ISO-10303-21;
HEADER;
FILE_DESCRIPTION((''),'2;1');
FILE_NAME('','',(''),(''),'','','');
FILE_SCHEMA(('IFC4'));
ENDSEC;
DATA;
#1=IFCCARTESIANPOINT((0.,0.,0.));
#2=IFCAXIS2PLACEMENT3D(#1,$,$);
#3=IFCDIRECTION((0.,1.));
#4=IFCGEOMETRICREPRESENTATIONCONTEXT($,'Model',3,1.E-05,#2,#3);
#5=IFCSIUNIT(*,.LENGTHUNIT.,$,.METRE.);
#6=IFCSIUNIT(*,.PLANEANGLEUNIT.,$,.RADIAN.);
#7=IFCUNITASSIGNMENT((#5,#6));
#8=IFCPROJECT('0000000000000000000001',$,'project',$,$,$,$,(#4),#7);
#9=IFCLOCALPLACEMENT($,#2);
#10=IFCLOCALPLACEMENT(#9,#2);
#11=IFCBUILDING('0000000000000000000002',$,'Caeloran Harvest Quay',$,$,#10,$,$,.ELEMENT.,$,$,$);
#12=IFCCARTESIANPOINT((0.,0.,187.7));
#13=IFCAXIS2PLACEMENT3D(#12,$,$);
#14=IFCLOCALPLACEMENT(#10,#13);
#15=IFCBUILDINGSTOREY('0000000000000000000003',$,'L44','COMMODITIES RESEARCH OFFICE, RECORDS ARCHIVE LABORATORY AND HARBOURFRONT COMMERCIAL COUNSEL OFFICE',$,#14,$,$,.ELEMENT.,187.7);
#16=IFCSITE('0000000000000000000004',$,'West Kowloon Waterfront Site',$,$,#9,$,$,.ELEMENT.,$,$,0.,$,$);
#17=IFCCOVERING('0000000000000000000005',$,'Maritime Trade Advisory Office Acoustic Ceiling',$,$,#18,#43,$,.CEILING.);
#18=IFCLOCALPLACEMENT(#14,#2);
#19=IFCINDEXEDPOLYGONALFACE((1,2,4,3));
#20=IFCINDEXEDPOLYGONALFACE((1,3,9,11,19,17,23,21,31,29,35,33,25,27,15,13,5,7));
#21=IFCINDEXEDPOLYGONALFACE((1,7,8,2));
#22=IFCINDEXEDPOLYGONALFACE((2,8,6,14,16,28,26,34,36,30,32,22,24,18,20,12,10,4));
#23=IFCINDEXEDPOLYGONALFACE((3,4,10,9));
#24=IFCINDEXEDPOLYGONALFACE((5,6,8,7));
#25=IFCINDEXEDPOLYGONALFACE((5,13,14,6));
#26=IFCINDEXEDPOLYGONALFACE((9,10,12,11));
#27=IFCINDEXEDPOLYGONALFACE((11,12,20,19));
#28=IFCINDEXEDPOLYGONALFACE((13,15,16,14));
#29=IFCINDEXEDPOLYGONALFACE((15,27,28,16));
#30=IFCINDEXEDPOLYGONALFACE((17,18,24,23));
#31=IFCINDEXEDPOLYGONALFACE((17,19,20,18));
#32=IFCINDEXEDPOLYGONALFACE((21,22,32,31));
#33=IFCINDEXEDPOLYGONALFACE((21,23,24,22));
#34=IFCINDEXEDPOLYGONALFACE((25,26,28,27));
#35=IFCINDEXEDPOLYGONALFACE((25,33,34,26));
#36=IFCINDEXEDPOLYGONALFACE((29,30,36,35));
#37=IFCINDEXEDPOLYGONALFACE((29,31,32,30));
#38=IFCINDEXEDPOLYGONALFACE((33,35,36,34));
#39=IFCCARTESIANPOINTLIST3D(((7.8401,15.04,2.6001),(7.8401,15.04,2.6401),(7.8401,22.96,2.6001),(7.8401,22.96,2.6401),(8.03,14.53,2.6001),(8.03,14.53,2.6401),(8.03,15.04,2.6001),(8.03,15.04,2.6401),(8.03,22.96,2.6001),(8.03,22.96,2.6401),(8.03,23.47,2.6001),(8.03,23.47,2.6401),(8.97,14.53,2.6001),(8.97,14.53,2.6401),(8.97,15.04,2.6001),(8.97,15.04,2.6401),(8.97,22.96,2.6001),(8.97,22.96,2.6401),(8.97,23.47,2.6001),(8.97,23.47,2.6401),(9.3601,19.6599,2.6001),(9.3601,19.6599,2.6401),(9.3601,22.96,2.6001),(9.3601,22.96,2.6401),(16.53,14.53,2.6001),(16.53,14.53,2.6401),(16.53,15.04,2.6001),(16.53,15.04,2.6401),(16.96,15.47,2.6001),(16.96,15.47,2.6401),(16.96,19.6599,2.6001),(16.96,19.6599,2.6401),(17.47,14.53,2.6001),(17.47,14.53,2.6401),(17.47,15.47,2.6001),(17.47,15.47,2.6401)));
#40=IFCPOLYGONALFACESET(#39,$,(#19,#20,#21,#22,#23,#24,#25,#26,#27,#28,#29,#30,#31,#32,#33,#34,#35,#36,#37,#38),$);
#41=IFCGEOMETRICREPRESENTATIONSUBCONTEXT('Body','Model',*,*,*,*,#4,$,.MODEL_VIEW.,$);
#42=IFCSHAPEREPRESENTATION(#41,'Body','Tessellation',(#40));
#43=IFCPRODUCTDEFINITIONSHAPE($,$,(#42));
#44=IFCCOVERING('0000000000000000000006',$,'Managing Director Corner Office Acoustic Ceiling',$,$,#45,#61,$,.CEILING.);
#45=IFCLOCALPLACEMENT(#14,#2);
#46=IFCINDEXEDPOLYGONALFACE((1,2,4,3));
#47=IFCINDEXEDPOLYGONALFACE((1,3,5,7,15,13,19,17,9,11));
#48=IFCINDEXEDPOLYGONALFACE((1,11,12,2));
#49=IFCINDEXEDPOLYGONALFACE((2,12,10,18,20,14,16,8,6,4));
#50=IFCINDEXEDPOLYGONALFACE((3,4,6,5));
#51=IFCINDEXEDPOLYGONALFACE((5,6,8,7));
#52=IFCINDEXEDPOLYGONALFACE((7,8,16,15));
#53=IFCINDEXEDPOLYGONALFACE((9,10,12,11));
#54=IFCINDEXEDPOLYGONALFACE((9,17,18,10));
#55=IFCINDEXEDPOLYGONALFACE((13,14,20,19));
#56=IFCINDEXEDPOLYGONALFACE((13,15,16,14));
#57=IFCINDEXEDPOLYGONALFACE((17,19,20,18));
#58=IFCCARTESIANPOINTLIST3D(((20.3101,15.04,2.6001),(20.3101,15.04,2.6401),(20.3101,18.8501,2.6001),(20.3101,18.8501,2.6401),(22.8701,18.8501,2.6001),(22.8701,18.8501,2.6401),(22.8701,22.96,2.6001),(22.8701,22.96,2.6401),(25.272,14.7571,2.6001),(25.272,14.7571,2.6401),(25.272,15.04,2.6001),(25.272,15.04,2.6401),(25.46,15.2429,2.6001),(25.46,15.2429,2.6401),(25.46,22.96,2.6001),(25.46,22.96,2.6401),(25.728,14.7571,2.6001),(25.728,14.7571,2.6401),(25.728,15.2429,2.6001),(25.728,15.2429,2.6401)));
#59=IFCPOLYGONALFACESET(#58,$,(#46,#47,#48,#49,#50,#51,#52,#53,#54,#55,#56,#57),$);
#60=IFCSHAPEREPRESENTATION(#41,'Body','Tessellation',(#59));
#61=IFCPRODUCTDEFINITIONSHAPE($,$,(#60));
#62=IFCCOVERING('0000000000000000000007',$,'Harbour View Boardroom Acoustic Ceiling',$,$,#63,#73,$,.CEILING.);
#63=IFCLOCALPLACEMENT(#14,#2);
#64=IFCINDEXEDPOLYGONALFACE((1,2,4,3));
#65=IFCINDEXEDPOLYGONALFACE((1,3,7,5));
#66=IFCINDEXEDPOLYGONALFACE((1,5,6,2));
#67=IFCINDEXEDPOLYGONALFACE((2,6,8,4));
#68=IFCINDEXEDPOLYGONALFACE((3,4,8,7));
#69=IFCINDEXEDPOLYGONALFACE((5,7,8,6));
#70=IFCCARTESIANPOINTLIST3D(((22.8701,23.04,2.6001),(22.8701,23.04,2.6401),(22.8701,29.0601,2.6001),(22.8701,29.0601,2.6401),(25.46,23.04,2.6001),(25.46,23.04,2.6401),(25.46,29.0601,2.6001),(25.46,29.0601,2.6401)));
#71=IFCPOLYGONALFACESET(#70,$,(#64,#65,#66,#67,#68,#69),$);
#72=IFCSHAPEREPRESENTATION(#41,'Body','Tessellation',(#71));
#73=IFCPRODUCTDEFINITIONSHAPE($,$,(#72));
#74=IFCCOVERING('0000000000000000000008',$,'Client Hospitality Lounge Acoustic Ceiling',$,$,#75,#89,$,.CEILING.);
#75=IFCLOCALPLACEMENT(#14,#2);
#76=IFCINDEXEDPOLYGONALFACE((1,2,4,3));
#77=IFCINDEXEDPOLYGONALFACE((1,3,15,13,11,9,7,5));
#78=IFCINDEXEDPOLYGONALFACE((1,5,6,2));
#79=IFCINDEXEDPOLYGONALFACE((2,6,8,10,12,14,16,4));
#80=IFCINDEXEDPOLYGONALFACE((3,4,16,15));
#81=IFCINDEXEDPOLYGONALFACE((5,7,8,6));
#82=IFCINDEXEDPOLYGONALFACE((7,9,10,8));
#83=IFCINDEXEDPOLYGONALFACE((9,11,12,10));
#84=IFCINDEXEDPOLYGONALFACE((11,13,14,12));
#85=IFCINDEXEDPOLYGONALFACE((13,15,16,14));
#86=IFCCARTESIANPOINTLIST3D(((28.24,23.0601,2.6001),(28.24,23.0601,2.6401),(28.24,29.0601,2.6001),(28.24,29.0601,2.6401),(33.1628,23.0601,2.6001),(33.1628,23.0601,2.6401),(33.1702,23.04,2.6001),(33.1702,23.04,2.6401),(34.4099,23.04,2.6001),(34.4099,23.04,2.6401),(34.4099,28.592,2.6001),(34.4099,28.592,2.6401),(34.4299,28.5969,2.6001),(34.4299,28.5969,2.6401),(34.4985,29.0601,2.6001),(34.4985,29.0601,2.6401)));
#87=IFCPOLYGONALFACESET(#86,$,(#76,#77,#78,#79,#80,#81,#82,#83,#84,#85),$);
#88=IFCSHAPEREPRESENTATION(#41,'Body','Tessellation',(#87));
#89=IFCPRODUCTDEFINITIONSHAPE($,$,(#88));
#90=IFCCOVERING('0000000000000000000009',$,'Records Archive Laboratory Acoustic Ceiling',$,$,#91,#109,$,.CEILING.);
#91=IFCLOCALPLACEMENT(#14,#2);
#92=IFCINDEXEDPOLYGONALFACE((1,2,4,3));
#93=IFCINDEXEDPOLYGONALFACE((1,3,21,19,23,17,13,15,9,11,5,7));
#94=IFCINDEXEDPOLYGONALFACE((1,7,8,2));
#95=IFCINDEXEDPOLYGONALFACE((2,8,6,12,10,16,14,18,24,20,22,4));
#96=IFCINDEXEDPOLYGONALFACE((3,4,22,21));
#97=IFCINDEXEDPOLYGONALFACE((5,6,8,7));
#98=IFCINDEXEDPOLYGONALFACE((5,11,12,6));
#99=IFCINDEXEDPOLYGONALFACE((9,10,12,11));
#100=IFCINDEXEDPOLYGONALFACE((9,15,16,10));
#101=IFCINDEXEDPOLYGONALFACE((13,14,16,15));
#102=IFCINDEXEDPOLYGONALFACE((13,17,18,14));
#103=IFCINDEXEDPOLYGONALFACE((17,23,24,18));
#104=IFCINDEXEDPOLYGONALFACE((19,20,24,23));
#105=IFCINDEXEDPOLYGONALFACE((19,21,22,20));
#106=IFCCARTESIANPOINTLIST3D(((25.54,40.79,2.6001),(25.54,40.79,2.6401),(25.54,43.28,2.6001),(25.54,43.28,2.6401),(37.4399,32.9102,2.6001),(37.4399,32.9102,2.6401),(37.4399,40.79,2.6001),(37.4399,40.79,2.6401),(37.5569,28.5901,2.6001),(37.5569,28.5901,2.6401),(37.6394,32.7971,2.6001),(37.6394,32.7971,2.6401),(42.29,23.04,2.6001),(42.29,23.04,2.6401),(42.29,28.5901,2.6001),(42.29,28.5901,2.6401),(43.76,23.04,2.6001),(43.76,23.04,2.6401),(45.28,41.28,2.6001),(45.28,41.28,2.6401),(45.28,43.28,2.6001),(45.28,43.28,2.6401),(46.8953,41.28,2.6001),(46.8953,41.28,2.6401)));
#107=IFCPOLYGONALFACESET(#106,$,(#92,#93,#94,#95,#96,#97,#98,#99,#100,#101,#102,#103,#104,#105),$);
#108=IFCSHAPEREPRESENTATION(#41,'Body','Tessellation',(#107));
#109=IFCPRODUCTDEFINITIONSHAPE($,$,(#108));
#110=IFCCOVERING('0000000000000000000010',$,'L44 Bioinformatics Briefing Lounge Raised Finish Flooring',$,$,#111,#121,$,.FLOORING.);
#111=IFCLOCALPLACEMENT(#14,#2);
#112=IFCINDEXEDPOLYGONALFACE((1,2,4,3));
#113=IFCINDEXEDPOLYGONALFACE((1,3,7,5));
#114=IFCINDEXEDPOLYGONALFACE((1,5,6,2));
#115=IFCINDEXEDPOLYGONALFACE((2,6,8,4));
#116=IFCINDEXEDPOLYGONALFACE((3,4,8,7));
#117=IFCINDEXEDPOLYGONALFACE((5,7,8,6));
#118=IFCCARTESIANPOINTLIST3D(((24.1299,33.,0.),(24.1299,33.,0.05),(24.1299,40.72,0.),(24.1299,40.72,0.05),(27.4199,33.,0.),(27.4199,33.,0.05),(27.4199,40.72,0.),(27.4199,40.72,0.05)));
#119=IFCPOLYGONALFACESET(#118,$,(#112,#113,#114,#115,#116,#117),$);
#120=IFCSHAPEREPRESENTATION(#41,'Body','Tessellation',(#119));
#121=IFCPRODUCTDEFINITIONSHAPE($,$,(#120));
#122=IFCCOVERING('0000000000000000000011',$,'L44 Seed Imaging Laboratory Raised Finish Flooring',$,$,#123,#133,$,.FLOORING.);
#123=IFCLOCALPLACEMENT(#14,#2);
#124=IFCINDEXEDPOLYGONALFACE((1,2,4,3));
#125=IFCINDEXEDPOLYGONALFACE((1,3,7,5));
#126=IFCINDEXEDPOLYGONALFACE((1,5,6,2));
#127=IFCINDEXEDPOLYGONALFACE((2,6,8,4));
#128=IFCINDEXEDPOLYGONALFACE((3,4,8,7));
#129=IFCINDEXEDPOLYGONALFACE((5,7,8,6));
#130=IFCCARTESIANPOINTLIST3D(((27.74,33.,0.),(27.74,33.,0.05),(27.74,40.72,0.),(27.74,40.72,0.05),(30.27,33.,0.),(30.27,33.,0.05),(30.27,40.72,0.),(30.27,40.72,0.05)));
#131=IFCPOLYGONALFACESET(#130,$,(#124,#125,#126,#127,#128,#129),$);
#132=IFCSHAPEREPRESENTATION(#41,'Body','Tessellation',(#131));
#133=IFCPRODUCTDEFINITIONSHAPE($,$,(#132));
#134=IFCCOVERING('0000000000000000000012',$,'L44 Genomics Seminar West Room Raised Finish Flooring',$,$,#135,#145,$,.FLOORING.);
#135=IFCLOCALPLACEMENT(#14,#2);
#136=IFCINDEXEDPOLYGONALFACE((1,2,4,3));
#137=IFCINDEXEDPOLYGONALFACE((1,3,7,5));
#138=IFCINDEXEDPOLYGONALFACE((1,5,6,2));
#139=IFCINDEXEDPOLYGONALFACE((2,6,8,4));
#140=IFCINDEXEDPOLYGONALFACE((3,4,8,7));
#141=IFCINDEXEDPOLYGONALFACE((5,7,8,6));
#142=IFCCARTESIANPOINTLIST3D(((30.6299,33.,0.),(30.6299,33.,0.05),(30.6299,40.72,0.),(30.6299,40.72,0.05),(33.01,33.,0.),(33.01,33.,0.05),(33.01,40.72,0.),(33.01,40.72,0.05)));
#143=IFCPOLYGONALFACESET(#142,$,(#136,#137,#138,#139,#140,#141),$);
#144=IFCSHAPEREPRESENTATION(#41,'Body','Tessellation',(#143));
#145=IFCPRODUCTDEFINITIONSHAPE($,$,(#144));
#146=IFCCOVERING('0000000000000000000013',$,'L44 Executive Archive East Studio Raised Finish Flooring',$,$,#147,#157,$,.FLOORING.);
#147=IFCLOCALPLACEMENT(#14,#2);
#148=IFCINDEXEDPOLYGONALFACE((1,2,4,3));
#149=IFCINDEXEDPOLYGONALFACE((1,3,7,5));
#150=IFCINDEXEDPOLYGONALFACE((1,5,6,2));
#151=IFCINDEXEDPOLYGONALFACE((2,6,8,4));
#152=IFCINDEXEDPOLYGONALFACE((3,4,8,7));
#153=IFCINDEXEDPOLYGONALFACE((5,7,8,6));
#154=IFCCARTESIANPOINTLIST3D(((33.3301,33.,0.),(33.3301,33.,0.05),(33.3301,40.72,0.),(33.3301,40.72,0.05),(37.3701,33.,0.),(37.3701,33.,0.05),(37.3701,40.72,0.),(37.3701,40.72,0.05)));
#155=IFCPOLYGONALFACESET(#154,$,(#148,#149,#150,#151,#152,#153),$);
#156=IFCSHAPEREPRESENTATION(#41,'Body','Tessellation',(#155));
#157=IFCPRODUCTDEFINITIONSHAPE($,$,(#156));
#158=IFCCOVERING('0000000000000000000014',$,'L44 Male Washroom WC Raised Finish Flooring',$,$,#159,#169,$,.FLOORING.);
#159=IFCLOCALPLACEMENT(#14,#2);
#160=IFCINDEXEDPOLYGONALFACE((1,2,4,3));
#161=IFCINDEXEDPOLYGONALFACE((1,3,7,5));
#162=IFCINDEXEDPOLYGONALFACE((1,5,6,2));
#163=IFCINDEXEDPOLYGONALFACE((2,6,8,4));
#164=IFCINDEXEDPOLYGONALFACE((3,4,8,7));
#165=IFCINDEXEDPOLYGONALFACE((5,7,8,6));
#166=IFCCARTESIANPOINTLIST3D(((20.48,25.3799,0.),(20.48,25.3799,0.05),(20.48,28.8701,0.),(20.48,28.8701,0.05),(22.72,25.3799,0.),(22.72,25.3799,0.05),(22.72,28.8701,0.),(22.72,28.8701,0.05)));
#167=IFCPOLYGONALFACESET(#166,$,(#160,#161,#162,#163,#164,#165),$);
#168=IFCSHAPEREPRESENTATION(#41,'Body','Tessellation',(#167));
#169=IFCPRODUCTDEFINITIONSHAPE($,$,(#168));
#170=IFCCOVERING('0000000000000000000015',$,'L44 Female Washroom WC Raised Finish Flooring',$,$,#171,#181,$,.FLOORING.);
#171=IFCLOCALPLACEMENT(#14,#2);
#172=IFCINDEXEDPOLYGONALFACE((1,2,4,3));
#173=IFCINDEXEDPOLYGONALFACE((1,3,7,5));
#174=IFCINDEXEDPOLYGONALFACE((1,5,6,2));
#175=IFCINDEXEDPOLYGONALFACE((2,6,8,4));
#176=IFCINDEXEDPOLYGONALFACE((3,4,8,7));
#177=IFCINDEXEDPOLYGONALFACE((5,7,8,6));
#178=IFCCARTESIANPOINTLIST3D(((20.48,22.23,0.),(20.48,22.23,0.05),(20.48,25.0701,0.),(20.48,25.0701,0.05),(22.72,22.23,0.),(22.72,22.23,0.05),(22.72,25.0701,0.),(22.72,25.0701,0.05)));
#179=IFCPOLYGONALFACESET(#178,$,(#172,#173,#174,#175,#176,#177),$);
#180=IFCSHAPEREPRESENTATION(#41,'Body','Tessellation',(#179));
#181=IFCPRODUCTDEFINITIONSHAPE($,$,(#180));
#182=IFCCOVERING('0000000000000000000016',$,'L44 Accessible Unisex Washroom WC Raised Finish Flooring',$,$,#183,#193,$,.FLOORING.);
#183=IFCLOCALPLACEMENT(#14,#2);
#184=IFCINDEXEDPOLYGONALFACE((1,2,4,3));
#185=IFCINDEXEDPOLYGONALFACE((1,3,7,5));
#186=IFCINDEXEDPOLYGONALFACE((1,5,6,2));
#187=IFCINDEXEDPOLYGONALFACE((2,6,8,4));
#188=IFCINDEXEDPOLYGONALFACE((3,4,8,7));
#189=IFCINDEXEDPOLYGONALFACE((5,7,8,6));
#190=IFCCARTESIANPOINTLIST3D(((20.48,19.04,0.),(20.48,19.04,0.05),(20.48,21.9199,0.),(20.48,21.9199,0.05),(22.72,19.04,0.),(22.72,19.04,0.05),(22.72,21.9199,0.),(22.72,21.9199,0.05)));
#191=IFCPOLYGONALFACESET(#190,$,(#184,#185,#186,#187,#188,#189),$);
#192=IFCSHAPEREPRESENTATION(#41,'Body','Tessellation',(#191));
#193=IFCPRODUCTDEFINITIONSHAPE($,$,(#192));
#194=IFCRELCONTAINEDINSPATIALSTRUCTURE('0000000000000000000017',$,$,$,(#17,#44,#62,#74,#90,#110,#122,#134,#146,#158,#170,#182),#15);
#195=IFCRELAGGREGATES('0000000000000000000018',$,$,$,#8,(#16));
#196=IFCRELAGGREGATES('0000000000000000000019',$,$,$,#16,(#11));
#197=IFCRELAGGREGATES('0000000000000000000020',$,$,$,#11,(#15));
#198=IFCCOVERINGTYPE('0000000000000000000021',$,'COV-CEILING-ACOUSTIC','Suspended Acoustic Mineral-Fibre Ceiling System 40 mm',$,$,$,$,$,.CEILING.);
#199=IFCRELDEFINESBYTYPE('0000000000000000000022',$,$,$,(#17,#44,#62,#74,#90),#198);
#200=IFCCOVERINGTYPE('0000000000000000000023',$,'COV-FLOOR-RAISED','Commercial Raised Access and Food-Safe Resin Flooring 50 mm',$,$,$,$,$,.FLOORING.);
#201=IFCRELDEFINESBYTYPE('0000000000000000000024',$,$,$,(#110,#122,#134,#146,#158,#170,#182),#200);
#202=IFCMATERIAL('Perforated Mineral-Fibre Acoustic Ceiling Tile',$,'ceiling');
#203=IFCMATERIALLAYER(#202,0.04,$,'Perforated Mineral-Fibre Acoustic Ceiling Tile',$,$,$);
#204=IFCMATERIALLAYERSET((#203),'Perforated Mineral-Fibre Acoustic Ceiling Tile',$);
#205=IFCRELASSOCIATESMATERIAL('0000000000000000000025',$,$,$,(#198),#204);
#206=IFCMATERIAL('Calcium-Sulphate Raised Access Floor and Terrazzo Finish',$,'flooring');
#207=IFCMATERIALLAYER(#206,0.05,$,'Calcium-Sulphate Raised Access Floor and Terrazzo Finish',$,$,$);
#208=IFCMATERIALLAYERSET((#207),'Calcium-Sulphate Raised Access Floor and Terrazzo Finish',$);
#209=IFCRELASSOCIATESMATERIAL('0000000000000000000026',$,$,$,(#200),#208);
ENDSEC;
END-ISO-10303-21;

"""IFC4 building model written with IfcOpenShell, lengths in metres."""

from ifc_helpers import new_model, si_unit, direction, frame, origin, place, context, subcontext, project, spatial, polyline, outline, extrude, material, layer, layer_set, type_object, element, save


model = new_model("IFC4")

# Units and contexts
model_context = context("Model", 3, precision=1e-05, world=origin(), true_north=direction((0.0, 1.0)))
body_context = subcontext(model_context, "Body", "Model", "MODEL_VIEW")
ifc_project = project(units=[si_unit("LENGTHUNIT", "METRE"), si_unit("PLANEANGLEUNIT", "RADIAN")], contexts=[model_context])

# Site, building, storey
site_placement = place(None, origin())
site = spatial("IfcSite", under=ifc_project, at=site_placement, Name="West Kowloon Waterfront Site", CompositionType="ELEMENT", RefElevation=0.0)
building_placement = place(site_placement, origin())
building = spatial("IfcBuilding", under=site, at=building_placement, Name="Caeloran Harvest Quay", CompositionType="ELEMENT")
storey_placement = place(building_placement, frame((0.0, 0.0, 187.7)))
storey = spatial("IfcBuildingStorey", under=building, at=storey_placement, Name="L44", Description="COMMODITIES RESEARCH OFFICE, RECORDS ARCHIVE LABORATORY AND HARBOURFRONT COMMERCIAL COUNSEL OFFICE", CompositionType="ELEMENT", Elevation=187.7)

# Coverings
ifc_material_1 = material(Name="Perforated Mineral-Fibre Acoustic Ceiling Tile", Category="ceiling")
ifc_layer_1 = layer(ifc_material_1, 0.04, Name="Perforated Mineral-Fibre Acoustic Ceiling Tile")
ifc_layer_set_1 = layer_set([ifc_layer_1], Name="Perforated Mineral-Fibre Acoustic Ceiling Tile")
covering_type_1 = type_object("IfcCoveringType", Name="COV-CEILING-ACOUSTIC", Description="Suspended Acoustic Mineral-Fibre Ceiling System 40 mm", PredefinedType="CEILING", material=ifc_layer_set_1)
covering_1_placement = place(storey_placement, frame((0.0, 0.0, 2.6001)))
element("IfcCovering", 1, at=covering_1_placement, inside=storey, type_object=covering_type_1, Name="Maritime Trade Advisory Office Acoustic Ceiling", PredefinedType="CEILING", context=body_context, shape_type="SweptSolid", body=[
    extrude(outline(polyline([(8.03, 15.04), (7.8401, 15.04), (7.8401, 22.96), (8.03, 22.96), (8.03, 23.47), (8.97, 23.47), (8.97, 22.96), (9.3601, 22.96), (9.3601, 19.6599), (16.96, 19.6599), (16.96, 15.47), (17.47, 15.47), (17.47, 14.53), (16.53, 14.53), (16.53, 15.04), (8.97, 15.04), (8.97, 14.53), (8.03, 14.53), (8.03, 15.04)])), origin(), (0.0, 0.0, 1.0), 0.04),
])
covering_2_placement = place(storey_placement, frame((0.0, 0.0, 2.6001)))
element("IfcCovering", 2, at=covering_2_placement, inside=storey, type_object=covering_type_1, Name="Managing Director Corner Office Acoustic Ceiling", PredefinedType="CEILING", context=body_context, shape_type="SweptSolid", body=[
    extrude(outline(polyline([(25.728, 15.2429), (25.728, 14.7571), (25.272, 14.7571), (25.272, 15.04), (20.3101, 15.04), (20.3101, 18.8501), (22.8701, 18.8501), (22.8701, 22.96), (25.46, 22.96), (25.46, 15.2429), (25.728, 15.2429)])), origin(), (0.0, 0.0, 1.0), 0.04),
])
covering_3_placement = place(storey_placement, frame((0.0, 0.0, 2.6001)))
element("IfcCovering", 3, at=covering_3_placement, inside=storey, type_object=covering_type_1, Name="Harbour View Boardroom Acoustic Ceiling", PredefinedType="CEILING", context=body_context, shape_type="SweptSolid", body=[
    extrude(outline(polyline([(22.8701, 23.04), (22.8701, 29.0601), (25.46, 29.0601), (25.46, 23.04), (22.8701, 23.04)])), origin(), (0.0, 0.0, 1.0), 0.04),
])
covering_4_placement = place(storey_placement, frame((0.0, 0.0, 2.6001)))
element("IfcCovering", 4, at=covering_4_placement, inside=storey, type_object=covering_type_1, Name="Client Hospitality Lounge Acoustic Ceiling", PredefinedType="CEILING", context=body_context, shape_type="SweptSolid", body=[
    extrude(outline(polyline([(33.1628, 23.0601), (28.24, 23.0601), (28.24, 29.0601), (34.4985, 29.0601), (34.4299, 28.5969), (34.4099, 28.592), (34.4099, 23.04), (33.1702, 23.04), (33.1628, 23.0601)])), origin(), (0.0, 0.0, 1.0), 0.04),
])
covering_5_placement = place(storey_placement, frame((0.0, 0.0, 2.6001)))
element("IfcCovering", 5, at=covering_5_placement, inside=storey, type_object=covering_type_1, Name="Records Archive Laboratory Acoustic Ceiling", PredefinedType="CEILING", context=body_context, shape_type="SweptSolid", body=[
    extrude(outline(polyline([(45.28, 41.28), (46.8953, 41.28), (43.76, 23.04), (42.29, 23.04), (42.29, 28.5901), (37.5569, 28.5901), (37.6394, 32.7971), (37.4399, 32.9102), (37.4399, 40.79), (25.54, 40.79), (25.54, 43.28), (45.28, 43.28), (45.28, 41.28)])), origin(), (0.0, 0.0, 1.0), 0.04),
])
ifc_material_2 = material(Name="Calcium-Sulphate Raised Access Floor and Terrazzo Finish", Category="flooring")
ifc_layer_2 = layer(ifc_material_2, 0.05, Name="Calcium-Sulphate Raised Access Floor and Terrazzo Finish")
ifc_layer_set_2 = layer_set([ifc_layer_2], Name="Calcium-Sulphate Raised Access Floor and Terrazzo Finish")
covering_type_2 = type_object("IfcCoveringType", Name="COV-FLOOR-RAISED", Description="Commercial Raised Access and Food-Safe Resin Flooring 50 mm", PredefinedType="FLOORING", material=ifc_layer_set_2)
covering_6_placement = place(storey_placement, origin())
element("IfcCovering", 6, at=covering_6_placement, inside=storey, type_object=covering_type_2, Name="L44 Bioinformatics Briefing Lounge Raised Finish Flooring", PredefinedType="FLOORING", context=body_context, shape_type="SweptSolid", body=[
    extrude(outline(polyline([(27.4199, 40.72), (27.4199, 33.0), (24.1299, 33.0), (24.1299, 40.72), (27.4199, 40.72)])), origin(), (0.0, 0.0, 1.0), 0.05),
])
covering_7_placement = place(storey_placement, origin())
element("IfcCovering", 7, at=covering_7_placement, inside=storey, type_object=covering_type_2, Name="L44 Seed Imaging Laboratory Raised Finish Flooring", PredefinedType="FLOORING", context=body_context, shape_type="SweptSolid", body=[
    extrude(outline(polyline([(30.27, 40.72), (30.27, 33.0), (27.74, 33.0), (27.74, 40.72), (30.27, 40.72)])), origin(), (0.0, 0.0, 1.0), 0.05),
])
covering_8_placement = place(storey_placement, origin())
element("IfcCovering", 8, at=covering_8_placement, inside=storey, type_object=covering_type_2, Name="L44 Genomics Seminar West Room Raised Finish Flooring", PredefinedType="FLOORING", context=body_context, shape_type="SweptSolid", body=[
    extrude(outline(polyline([(33.01, 40.72), (33.01, 33.0), (30.6299, 33.0), (30.6299, 40.72), (33.01, 40.72)])), origin(), (0.0, 0.0, 1.0), 0.05),
])
covering_9_placement = place(storey_placement, origin())
element("IfcCovering", 9, at=covering_9_placement, inside=storey, type_object=covering_type_2, Name="L44 Executive Archive East Studio Raised Finish Flooring", PredefinedType="FLOORING", context=body_context, shape_type="SweptSolid", body=[
    extrude(outline(polyline([(37.3701, 40.72), (37.3701, 33.0), (33.3301, 33.0), (33.3301, 40.72), (37.3701, 40.72)])), origin(), (0.0, 0.0, 1.0), 0.05),
])
covering_10_placement = place(storey_placement, origin())
element("IfcCovering", 10, at=covering_10_placement, inside=storey, type_object=covering_type_2, Name="L44 Male Washroom WC Raised Finish Flooring", PredefinedType="FLOORING", context=body_context, shape_type="SweptSolid", body=[
    extrude(outline(polyline([(22.72, 28.8701), (22.72, 25.3799), (20.48, 25.3799), (20.48, 28.8701), (22.72, 28.8701)])), origin(), (0.0, 0.0, 1.0), 0.05),
])
covering_11_placement = place(storey_placement, origin())
element("IfcCovering", 11, at=covering_11_placement, inside=storey, type_object=covering_type_2, Name="L44 Female Washroom WC Raised Finish Flooring", PredefinedType="FLOORING", context=body_context, shape_type="SweptSolid", body=[
    extrude(outline(polyline([(22.72, 25.0701), (22.72, 22.23), (20.48, 22.23), (20.48, 25.0701), (22.72, 25.0701)])), origin(), (0.0, 0.0, 1.0), 0.05),
])
covering_12_placement = place(storey_placement, origin())
element("IfcCovering", 12, at=covering_12_placement, inside=storey, type_object=covering_type_2, Name="L44 Accessible Unisex Washroom WC Raised Finish Flooring", PredefinedType="FLOORING", context=body_context, shape_type="SweptSolid", body=[
    extrude(outline(polyline([(22.72, 21.9199), (22.72, 19.04), (20.48, 19.04), (20.48, 21.9199), (22.72, 21.9199)])), origin(), (0.0, 0.0, 1.0), 0.05),
])

save(model, "model.ifc")
